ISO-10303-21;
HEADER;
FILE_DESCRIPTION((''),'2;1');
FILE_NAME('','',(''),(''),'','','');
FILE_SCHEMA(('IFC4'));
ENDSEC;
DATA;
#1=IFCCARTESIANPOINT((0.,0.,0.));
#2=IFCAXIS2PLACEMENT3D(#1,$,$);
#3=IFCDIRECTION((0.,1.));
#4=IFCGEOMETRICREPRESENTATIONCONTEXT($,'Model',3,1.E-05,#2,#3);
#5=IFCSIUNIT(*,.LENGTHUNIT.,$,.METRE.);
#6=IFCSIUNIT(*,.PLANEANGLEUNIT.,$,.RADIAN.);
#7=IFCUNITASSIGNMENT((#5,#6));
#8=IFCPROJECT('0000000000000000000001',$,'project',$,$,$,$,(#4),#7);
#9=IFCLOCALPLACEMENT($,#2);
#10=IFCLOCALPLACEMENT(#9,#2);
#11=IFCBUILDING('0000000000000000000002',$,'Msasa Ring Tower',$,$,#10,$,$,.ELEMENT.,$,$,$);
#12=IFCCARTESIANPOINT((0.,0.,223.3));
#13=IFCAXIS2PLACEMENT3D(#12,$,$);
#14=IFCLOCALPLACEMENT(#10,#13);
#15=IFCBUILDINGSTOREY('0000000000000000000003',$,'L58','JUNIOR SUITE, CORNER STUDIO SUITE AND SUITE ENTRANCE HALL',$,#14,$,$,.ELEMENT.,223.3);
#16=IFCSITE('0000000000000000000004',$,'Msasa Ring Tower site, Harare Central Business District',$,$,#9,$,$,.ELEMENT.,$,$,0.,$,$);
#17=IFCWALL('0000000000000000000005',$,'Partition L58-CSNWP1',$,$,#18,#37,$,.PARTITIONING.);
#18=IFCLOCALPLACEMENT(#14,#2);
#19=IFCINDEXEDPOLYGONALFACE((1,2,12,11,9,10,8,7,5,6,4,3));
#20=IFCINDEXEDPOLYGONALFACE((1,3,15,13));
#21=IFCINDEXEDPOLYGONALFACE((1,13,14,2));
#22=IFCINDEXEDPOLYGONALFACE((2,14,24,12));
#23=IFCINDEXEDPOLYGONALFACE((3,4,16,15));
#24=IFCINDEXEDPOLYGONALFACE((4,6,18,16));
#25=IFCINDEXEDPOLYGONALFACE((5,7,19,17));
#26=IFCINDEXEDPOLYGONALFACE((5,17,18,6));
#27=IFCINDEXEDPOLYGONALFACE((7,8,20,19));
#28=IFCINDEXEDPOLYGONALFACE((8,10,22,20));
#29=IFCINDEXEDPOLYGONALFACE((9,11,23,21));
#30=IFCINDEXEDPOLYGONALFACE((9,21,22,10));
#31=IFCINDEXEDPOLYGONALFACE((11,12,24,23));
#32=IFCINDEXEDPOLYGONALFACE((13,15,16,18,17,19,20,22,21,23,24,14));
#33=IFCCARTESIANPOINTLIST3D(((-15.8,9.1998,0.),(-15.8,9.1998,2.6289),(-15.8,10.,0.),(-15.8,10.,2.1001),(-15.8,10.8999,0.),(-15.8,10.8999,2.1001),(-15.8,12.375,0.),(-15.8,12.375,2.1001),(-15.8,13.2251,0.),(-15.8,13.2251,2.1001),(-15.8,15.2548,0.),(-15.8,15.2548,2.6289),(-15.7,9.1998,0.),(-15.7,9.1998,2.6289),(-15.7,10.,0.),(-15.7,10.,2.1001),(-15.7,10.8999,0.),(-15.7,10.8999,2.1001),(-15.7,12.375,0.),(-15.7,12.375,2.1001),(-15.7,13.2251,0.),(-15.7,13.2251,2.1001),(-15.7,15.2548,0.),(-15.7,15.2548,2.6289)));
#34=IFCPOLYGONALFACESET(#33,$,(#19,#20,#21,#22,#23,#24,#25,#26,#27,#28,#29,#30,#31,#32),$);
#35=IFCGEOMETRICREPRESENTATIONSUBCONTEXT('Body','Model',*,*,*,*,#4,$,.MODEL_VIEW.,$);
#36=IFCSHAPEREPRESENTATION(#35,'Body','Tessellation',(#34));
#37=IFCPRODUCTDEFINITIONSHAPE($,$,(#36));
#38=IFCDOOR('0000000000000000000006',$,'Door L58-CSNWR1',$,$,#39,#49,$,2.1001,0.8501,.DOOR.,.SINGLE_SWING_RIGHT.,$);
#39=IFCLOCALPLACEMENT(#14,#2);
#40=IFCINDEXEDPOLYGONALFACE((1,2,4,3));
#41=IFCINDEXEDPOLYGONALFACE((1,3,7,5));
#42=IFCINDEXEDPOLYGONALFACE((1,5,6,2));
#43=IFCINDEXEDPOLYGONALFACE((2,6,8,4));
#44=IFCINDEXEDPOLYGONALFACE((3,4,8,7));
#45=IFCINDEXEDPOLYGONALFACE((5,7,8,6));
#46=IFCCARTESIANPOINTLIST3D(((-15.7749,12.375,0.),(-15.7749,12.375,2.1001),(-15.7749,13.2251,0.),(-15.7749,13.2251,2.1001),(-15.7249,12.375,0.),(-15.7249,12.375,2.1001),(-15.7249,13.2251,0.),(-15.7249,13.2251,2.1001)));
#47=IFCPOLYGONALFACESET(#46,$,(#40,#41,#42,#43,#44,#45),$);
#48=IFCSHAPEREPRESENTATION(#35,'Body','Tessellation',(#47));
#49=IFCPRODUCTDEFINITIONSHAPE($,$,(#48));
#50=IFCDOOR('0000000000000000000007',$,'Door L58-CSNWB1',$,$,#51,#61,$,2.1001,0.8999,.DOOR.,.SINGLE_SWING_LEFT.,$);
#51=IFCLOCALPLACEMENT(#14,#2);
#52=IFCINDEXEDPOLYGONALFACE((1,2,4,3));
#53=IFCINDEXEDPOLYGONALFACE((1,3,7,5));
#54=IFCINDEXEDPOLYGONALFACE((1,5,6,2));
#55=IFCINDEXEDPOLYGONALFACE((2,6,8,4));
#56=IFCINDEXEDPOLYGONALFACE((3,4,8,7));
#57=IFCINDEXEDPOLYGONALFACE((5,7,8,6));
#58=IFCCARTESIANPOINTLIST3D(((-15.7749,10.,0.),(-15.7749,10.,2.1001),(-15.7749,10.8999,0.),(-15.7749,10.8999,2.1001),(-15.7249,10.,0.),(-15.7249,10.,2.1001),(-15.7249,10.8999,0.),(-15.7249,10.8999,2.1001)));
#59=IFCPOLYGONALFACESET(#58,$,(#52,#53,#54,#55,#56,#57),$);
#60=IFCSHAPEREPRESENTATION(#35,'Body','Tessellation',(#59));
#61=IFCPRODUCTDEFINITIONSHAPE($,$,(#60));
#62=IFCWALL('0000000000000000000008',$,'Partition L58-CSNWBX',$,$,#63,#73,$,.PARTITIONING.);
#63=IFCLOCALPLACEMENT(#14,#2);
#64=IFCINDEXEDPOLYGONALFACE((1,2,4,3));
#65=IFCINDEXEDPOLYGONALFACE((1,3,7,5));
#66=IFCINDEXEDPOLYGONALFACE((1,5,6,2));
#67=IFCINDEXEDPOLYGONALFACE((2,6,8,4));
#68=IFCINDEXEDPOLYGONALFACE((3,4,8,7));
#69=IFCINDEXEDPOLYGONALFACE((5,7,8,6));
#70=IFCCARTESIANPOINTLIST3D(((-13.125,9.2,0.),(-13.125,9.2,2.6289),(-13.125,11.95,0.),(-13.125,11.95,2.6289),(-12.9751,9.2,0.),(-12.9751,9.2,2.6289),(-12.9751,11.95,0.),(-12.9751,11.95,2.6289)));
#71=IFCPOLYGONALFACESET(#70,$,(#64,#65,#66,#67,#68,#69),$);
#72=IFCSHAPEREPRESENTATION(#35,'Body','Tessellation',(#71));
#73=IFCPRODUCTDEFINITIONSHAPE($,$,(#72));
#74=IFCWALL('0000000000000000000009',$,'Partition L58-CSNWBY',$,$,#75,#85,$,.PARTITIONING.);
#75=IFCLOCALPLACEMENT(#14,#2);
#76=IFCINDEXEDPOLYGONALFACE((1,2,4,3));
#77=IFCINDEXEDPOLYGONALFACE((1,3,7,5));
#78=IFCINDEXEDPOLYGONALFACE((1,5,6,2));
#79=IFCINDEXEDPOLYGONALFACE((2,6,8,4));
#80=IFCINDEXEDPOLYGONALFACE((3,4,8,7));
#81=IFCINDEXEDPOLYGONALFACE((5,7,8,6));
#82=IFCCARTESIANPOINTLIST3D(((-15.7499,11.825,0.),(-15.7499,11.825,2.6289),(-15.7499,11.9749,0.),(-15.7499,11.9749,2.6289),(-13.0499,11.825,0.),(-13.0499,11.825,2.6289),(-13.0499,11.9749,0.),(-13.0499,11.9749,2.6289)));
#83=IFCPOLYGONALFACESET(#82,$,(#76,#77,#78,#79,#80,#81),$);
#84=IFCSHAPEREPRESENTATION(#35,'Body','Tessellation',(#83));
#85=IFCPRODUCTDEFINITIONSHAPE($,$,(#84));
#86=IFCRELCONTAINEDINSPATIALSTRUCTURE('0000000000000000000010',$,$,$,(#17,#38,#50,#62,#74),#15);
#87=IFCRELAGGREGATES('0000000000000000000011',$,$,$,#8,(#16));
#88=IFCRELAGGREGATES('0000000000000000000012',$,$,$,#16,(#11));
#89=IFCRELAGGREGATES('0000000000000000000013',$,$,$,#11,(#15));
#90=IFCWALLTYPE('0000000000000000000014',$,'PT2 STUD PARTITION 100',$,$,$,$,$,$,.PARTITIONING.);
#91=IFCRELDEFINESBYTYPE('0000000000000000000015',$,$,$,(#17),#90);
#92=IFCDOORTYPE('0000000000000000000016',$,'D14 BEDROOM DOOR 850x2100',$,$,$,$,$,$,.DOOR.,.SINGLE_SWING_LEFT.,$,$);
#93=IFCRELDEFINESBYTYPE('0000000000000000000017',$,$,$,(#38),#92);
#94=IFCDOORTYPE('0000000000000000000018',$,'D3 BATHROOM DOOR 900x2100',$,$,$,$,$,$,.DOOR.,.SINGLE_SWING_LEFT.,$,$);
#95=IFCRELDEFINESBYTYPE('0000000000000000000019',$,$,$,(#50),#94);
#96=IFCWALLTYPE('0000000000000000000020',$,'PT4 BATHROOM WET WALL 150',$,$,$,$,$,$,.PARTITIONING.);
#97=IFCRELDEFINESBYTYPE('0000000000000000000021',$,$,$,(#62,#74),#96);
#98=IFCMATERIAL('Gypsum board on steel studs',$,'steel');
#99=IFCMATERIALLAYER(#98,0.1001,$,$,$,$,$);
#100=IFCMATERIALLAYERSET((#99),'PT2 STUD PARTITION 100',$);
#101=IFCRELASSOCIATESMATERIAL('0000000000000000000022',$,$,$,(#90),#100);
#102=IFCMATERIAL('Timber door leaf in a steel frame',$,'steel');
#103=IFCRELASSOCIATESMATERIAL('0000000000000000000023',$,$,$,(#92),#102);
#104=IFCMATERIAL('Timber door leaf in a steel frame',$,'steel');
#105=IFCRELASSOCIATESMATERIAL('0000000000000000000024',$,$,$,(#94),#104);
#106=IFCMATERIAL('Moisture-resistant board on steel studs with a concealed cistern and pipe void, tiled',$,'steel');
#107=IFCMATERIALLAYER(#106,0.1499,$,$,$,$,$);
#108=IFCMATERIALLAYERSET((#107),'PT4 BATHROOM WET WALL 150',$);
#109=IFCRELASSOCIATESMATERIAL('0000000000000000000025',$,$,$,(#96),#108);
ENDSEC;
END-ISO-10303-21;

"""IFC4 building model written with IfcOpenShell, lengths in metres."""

from ifc_helpers import new_model, si_unit, direction, frame, frame_2d, origin, place, context, subcontext, project, spatial, rectangle, extrude, material, layer, layer_set, type_object, element, fill, save


model = new_model("IFC4")

# Units and contexts
model_context = context("Model", 3, precision=1e-05, world=origin(), true_north=direction((0.0, 1.0)))
body_context = subcontext(model_context, "Body", "Model", "MODEL_VIEW")
ifc_project = project(units=[si_unit("LENGTHUNIT", "METRE"), si_unit("PLANEANGLEUNIT", "RADIAN")], contexts=[model_context])

# Site, building, storey
site_placement = place(None, origin())
site = spatial("IfcSite", under=ifc_project, at=site_placement, Name="Msasa Ring Tower site, Harare Central Business District", CompositionType="ELEMENT", RefElevation=0.0)
building_placement = place(site_placement, origin())
building = spatial("IfcBuilding", under=site, at=building_placement, Name="Msasa Ring Tower", CompositionType="ELEMENT")
storey_placement = place(building_placement, frame((0.0, 0.0, 223.3)))
storey = spatial("IfcBuildingStorey", under=building, at=storey_placement, Name="L58", Description="JUNIOR SUITE, CORNER STUDIO SUITE AND SUITE ENTRANCE HALL", CompositionType="ELEMENT", Elevation=223.3)

# Wall, openings, doors
ifc_material_1 = material(Name="Gypsum board on steel studs", Category="steel")
ifc_layer_1 = layer(ifc_material_1, 0.1001)
ifc_layer_set_1 = layer_set([ifc_layer_1], Name="PT2 STUD PARTITION 100")
wall_type_1 = type_object("IfcWallType", Name="PT2 STUD PARTITION 100", PredefinedType="PARTITIONING", material=ifc_layer_set_1)
wall_1_placement = place(storey_placement, frame((-15.75, 9.2, 0.0), z_axis=(0.0, 0.0, 1.0), x_axis=(0.0, 1.0, 0.0)))
wall_1 = element("IfcWall", 1, at=wall_1_placement, inside=storey, type_object=wall_type_1, Name="Partition L58-CSNWP1", PredefinedType="PARTITIONING", context=body_context, shape_type="SweptSolid", body=[
    extrude(rectangle(XDim=6.0549, YDim=0.1001, at=frame_2d((3.0273, 0.0))), origin(), (0.0, 0.0, 1.0), 2.6289),
])
opening_1_placement = place(wall_1_placement, frame((3.175, 0.0, 0.0)))
opening_1 = element("IfcOpeningElement", 2, at=opening_1_placement, cuts=wall_1, PredefinedType="OPENING", context=body_context, shape_type="SweptSolid", body=[
    extrude(rectangle(XDim=0.8501, YDim=2.1001, at=frame_2d((0.425, 1.05))), frame((0.0, 0.0601, 0.0), z_axis=(0.0, -1.0, 0.0), x_axis=(1.0, 0.0, 0.0)), (0.0, 0.0, 1.0), 0.1201),
])
opening_2_placement = place(wall_1_placement, frame((0.8, 0.0, 0.0)))
opening_2 = element("IfcOpeningElement", 3, at=opening_2_placement, cuts=wall_1, PredefinedType="OPENING", context=body_context, shape_type="SweptSolid", body=[
    extrude(rectangle(XDim=0.8999, YDim=2.1001, at=frame_2d((0.45, 1.05))), frame((0.0, 0.0601, 0.0), z_axis=(0.0, -1.0, 0.0), x_axis=(1.0, 0.0, 0.0)), (0.0, 0.0, 1.0), 0.1201),
])
ifc_material_2 = material(Name="Timber door leaf in a steel frame", Category="steel")
door_type_1 = type_object("IfcDoorType", Name="D14 BEDROOM DOOR 850x2100", OperationType="SINGLE_SWING_LEFT", PredefinedType="DOOR", material=ifc_material_2)
door_1_placement = place(opening_1_placement, origin())
door_1 = element("IfcDoor", 4, at=door_1_placement, inside=storey, type_object=door_type_1, Name="Door L58-CSNWR1", OperationType="SINGLE_SWING_RIGHT", OverallHeight=2.1001, OverallWidth=0.8501, PredefinedType="DOOR", context=body_context, shape_type="SweptSolid", body=[
    extrude(rectangle(XDim=0.8501, YDim=2.1001, at=frame_2d((0.425, 1.05))), frame((0.0, 0.0249, 0.0), z_axis=(0.0, -1.0, 0.0), x_axis=(1.0, 0.0, 0.0)), (0.0, 0.0, 1.0), 0.05),
])
fill(opening_1, door_1)
ifc_material_3 = material(Name="Timber door leaf in a steel frame", Category="steel")
door_type_2 = type_object("IfcDoorType", Name="D3 BATHROOM DOOR 900x2100", OperationType="SINGLE_SWING_LEFT", PredefinedType="DOOR", material=ifc_material_3)
door_2_placement = place(opening_2_placement, origin())
door_2 = element("IfcDoor", 5, at=door_2_placement, inside=storey, type_object=door_type_2, Name="Door L58-CSNWB1", OperationType="SINGLE_SWING_LEFT", OverallHeight=2.1001, OverallWidth=0.8999, PredefinedType="DOOR", context=body_context, shape_type="SweptSolid", body=[
    extrude(rectangle(XDim=0.8999, YDim=2.1001, at=frame_2d((0.45, 1.05))), frame((0.0, 0.0249, 0.0), z_axis=(0.0, -1.0, 0.0), x_axis=(1.0, 0.0, 0.0)), (0.0, 0.0, 1.0), 0.05),
])
fill(opening_2, door_2)

# Walls
ifc_material_4 = material(Name="Moisture-resistant board on steel studs with a concealed cistern and pipe void, tiled", Category="steel")
ifc_layer_2 = layer(ifc_material_4, 0.1499)
ifc_layer_set_2 = layer_set([ifc_layer_2], Name="PT4 BATHROOM WET WALL 150")
wall_type_2 = type_object("IfcWallType", Name="PT4 BATHROOM WET WALL 150", PredefinedType="PARTITIONING", material=ifc_layer_set_2)
wall_2_placement = place(storey_placement, frame((-13.05, 9.2, 0.0), z_axis=(0.0, 0.0, 1.0), x_axis=(0.0, 1.0, 0.0)))
element("IfcWall", 6, at=wall_2_placement, inside=storey, type_object=wall_type_2, Name="Partition L58-CSNWBX", PredefinedType="PARTITIONING", context=body_context, shape_type="SweptSolid", body=[
    extrude(rectangle(XDim=2.75, YDim=0.1499, at=frame_2d((1.375, 0.0))), origin(), (0.0, 0.0, 1.0), 2.6289),
])
wall_3_placement = place(storey_placement, frame((-15.75, 11.8999, 0.0), z_axis=(0.0, 0.0, 1.0), x_axis=(1.0, 0.0, 0.0)))
element("IfcWall", 7, at=wall_3_placement, inside=storey, type_object=wall_type_2, Name="Partition L58-CSNWBY", PredefinedType="PARTITIONING", context=body_context, shape_type="SweptSolid", body=[
    extrude(rectangle(XDim=2.7, YDim=0.1499, at=frame_2d((1.3501, 0.0))), origin(), (0.0, 0.0, 1.0), 2.6289),
])

save(model, "model.ifc")
